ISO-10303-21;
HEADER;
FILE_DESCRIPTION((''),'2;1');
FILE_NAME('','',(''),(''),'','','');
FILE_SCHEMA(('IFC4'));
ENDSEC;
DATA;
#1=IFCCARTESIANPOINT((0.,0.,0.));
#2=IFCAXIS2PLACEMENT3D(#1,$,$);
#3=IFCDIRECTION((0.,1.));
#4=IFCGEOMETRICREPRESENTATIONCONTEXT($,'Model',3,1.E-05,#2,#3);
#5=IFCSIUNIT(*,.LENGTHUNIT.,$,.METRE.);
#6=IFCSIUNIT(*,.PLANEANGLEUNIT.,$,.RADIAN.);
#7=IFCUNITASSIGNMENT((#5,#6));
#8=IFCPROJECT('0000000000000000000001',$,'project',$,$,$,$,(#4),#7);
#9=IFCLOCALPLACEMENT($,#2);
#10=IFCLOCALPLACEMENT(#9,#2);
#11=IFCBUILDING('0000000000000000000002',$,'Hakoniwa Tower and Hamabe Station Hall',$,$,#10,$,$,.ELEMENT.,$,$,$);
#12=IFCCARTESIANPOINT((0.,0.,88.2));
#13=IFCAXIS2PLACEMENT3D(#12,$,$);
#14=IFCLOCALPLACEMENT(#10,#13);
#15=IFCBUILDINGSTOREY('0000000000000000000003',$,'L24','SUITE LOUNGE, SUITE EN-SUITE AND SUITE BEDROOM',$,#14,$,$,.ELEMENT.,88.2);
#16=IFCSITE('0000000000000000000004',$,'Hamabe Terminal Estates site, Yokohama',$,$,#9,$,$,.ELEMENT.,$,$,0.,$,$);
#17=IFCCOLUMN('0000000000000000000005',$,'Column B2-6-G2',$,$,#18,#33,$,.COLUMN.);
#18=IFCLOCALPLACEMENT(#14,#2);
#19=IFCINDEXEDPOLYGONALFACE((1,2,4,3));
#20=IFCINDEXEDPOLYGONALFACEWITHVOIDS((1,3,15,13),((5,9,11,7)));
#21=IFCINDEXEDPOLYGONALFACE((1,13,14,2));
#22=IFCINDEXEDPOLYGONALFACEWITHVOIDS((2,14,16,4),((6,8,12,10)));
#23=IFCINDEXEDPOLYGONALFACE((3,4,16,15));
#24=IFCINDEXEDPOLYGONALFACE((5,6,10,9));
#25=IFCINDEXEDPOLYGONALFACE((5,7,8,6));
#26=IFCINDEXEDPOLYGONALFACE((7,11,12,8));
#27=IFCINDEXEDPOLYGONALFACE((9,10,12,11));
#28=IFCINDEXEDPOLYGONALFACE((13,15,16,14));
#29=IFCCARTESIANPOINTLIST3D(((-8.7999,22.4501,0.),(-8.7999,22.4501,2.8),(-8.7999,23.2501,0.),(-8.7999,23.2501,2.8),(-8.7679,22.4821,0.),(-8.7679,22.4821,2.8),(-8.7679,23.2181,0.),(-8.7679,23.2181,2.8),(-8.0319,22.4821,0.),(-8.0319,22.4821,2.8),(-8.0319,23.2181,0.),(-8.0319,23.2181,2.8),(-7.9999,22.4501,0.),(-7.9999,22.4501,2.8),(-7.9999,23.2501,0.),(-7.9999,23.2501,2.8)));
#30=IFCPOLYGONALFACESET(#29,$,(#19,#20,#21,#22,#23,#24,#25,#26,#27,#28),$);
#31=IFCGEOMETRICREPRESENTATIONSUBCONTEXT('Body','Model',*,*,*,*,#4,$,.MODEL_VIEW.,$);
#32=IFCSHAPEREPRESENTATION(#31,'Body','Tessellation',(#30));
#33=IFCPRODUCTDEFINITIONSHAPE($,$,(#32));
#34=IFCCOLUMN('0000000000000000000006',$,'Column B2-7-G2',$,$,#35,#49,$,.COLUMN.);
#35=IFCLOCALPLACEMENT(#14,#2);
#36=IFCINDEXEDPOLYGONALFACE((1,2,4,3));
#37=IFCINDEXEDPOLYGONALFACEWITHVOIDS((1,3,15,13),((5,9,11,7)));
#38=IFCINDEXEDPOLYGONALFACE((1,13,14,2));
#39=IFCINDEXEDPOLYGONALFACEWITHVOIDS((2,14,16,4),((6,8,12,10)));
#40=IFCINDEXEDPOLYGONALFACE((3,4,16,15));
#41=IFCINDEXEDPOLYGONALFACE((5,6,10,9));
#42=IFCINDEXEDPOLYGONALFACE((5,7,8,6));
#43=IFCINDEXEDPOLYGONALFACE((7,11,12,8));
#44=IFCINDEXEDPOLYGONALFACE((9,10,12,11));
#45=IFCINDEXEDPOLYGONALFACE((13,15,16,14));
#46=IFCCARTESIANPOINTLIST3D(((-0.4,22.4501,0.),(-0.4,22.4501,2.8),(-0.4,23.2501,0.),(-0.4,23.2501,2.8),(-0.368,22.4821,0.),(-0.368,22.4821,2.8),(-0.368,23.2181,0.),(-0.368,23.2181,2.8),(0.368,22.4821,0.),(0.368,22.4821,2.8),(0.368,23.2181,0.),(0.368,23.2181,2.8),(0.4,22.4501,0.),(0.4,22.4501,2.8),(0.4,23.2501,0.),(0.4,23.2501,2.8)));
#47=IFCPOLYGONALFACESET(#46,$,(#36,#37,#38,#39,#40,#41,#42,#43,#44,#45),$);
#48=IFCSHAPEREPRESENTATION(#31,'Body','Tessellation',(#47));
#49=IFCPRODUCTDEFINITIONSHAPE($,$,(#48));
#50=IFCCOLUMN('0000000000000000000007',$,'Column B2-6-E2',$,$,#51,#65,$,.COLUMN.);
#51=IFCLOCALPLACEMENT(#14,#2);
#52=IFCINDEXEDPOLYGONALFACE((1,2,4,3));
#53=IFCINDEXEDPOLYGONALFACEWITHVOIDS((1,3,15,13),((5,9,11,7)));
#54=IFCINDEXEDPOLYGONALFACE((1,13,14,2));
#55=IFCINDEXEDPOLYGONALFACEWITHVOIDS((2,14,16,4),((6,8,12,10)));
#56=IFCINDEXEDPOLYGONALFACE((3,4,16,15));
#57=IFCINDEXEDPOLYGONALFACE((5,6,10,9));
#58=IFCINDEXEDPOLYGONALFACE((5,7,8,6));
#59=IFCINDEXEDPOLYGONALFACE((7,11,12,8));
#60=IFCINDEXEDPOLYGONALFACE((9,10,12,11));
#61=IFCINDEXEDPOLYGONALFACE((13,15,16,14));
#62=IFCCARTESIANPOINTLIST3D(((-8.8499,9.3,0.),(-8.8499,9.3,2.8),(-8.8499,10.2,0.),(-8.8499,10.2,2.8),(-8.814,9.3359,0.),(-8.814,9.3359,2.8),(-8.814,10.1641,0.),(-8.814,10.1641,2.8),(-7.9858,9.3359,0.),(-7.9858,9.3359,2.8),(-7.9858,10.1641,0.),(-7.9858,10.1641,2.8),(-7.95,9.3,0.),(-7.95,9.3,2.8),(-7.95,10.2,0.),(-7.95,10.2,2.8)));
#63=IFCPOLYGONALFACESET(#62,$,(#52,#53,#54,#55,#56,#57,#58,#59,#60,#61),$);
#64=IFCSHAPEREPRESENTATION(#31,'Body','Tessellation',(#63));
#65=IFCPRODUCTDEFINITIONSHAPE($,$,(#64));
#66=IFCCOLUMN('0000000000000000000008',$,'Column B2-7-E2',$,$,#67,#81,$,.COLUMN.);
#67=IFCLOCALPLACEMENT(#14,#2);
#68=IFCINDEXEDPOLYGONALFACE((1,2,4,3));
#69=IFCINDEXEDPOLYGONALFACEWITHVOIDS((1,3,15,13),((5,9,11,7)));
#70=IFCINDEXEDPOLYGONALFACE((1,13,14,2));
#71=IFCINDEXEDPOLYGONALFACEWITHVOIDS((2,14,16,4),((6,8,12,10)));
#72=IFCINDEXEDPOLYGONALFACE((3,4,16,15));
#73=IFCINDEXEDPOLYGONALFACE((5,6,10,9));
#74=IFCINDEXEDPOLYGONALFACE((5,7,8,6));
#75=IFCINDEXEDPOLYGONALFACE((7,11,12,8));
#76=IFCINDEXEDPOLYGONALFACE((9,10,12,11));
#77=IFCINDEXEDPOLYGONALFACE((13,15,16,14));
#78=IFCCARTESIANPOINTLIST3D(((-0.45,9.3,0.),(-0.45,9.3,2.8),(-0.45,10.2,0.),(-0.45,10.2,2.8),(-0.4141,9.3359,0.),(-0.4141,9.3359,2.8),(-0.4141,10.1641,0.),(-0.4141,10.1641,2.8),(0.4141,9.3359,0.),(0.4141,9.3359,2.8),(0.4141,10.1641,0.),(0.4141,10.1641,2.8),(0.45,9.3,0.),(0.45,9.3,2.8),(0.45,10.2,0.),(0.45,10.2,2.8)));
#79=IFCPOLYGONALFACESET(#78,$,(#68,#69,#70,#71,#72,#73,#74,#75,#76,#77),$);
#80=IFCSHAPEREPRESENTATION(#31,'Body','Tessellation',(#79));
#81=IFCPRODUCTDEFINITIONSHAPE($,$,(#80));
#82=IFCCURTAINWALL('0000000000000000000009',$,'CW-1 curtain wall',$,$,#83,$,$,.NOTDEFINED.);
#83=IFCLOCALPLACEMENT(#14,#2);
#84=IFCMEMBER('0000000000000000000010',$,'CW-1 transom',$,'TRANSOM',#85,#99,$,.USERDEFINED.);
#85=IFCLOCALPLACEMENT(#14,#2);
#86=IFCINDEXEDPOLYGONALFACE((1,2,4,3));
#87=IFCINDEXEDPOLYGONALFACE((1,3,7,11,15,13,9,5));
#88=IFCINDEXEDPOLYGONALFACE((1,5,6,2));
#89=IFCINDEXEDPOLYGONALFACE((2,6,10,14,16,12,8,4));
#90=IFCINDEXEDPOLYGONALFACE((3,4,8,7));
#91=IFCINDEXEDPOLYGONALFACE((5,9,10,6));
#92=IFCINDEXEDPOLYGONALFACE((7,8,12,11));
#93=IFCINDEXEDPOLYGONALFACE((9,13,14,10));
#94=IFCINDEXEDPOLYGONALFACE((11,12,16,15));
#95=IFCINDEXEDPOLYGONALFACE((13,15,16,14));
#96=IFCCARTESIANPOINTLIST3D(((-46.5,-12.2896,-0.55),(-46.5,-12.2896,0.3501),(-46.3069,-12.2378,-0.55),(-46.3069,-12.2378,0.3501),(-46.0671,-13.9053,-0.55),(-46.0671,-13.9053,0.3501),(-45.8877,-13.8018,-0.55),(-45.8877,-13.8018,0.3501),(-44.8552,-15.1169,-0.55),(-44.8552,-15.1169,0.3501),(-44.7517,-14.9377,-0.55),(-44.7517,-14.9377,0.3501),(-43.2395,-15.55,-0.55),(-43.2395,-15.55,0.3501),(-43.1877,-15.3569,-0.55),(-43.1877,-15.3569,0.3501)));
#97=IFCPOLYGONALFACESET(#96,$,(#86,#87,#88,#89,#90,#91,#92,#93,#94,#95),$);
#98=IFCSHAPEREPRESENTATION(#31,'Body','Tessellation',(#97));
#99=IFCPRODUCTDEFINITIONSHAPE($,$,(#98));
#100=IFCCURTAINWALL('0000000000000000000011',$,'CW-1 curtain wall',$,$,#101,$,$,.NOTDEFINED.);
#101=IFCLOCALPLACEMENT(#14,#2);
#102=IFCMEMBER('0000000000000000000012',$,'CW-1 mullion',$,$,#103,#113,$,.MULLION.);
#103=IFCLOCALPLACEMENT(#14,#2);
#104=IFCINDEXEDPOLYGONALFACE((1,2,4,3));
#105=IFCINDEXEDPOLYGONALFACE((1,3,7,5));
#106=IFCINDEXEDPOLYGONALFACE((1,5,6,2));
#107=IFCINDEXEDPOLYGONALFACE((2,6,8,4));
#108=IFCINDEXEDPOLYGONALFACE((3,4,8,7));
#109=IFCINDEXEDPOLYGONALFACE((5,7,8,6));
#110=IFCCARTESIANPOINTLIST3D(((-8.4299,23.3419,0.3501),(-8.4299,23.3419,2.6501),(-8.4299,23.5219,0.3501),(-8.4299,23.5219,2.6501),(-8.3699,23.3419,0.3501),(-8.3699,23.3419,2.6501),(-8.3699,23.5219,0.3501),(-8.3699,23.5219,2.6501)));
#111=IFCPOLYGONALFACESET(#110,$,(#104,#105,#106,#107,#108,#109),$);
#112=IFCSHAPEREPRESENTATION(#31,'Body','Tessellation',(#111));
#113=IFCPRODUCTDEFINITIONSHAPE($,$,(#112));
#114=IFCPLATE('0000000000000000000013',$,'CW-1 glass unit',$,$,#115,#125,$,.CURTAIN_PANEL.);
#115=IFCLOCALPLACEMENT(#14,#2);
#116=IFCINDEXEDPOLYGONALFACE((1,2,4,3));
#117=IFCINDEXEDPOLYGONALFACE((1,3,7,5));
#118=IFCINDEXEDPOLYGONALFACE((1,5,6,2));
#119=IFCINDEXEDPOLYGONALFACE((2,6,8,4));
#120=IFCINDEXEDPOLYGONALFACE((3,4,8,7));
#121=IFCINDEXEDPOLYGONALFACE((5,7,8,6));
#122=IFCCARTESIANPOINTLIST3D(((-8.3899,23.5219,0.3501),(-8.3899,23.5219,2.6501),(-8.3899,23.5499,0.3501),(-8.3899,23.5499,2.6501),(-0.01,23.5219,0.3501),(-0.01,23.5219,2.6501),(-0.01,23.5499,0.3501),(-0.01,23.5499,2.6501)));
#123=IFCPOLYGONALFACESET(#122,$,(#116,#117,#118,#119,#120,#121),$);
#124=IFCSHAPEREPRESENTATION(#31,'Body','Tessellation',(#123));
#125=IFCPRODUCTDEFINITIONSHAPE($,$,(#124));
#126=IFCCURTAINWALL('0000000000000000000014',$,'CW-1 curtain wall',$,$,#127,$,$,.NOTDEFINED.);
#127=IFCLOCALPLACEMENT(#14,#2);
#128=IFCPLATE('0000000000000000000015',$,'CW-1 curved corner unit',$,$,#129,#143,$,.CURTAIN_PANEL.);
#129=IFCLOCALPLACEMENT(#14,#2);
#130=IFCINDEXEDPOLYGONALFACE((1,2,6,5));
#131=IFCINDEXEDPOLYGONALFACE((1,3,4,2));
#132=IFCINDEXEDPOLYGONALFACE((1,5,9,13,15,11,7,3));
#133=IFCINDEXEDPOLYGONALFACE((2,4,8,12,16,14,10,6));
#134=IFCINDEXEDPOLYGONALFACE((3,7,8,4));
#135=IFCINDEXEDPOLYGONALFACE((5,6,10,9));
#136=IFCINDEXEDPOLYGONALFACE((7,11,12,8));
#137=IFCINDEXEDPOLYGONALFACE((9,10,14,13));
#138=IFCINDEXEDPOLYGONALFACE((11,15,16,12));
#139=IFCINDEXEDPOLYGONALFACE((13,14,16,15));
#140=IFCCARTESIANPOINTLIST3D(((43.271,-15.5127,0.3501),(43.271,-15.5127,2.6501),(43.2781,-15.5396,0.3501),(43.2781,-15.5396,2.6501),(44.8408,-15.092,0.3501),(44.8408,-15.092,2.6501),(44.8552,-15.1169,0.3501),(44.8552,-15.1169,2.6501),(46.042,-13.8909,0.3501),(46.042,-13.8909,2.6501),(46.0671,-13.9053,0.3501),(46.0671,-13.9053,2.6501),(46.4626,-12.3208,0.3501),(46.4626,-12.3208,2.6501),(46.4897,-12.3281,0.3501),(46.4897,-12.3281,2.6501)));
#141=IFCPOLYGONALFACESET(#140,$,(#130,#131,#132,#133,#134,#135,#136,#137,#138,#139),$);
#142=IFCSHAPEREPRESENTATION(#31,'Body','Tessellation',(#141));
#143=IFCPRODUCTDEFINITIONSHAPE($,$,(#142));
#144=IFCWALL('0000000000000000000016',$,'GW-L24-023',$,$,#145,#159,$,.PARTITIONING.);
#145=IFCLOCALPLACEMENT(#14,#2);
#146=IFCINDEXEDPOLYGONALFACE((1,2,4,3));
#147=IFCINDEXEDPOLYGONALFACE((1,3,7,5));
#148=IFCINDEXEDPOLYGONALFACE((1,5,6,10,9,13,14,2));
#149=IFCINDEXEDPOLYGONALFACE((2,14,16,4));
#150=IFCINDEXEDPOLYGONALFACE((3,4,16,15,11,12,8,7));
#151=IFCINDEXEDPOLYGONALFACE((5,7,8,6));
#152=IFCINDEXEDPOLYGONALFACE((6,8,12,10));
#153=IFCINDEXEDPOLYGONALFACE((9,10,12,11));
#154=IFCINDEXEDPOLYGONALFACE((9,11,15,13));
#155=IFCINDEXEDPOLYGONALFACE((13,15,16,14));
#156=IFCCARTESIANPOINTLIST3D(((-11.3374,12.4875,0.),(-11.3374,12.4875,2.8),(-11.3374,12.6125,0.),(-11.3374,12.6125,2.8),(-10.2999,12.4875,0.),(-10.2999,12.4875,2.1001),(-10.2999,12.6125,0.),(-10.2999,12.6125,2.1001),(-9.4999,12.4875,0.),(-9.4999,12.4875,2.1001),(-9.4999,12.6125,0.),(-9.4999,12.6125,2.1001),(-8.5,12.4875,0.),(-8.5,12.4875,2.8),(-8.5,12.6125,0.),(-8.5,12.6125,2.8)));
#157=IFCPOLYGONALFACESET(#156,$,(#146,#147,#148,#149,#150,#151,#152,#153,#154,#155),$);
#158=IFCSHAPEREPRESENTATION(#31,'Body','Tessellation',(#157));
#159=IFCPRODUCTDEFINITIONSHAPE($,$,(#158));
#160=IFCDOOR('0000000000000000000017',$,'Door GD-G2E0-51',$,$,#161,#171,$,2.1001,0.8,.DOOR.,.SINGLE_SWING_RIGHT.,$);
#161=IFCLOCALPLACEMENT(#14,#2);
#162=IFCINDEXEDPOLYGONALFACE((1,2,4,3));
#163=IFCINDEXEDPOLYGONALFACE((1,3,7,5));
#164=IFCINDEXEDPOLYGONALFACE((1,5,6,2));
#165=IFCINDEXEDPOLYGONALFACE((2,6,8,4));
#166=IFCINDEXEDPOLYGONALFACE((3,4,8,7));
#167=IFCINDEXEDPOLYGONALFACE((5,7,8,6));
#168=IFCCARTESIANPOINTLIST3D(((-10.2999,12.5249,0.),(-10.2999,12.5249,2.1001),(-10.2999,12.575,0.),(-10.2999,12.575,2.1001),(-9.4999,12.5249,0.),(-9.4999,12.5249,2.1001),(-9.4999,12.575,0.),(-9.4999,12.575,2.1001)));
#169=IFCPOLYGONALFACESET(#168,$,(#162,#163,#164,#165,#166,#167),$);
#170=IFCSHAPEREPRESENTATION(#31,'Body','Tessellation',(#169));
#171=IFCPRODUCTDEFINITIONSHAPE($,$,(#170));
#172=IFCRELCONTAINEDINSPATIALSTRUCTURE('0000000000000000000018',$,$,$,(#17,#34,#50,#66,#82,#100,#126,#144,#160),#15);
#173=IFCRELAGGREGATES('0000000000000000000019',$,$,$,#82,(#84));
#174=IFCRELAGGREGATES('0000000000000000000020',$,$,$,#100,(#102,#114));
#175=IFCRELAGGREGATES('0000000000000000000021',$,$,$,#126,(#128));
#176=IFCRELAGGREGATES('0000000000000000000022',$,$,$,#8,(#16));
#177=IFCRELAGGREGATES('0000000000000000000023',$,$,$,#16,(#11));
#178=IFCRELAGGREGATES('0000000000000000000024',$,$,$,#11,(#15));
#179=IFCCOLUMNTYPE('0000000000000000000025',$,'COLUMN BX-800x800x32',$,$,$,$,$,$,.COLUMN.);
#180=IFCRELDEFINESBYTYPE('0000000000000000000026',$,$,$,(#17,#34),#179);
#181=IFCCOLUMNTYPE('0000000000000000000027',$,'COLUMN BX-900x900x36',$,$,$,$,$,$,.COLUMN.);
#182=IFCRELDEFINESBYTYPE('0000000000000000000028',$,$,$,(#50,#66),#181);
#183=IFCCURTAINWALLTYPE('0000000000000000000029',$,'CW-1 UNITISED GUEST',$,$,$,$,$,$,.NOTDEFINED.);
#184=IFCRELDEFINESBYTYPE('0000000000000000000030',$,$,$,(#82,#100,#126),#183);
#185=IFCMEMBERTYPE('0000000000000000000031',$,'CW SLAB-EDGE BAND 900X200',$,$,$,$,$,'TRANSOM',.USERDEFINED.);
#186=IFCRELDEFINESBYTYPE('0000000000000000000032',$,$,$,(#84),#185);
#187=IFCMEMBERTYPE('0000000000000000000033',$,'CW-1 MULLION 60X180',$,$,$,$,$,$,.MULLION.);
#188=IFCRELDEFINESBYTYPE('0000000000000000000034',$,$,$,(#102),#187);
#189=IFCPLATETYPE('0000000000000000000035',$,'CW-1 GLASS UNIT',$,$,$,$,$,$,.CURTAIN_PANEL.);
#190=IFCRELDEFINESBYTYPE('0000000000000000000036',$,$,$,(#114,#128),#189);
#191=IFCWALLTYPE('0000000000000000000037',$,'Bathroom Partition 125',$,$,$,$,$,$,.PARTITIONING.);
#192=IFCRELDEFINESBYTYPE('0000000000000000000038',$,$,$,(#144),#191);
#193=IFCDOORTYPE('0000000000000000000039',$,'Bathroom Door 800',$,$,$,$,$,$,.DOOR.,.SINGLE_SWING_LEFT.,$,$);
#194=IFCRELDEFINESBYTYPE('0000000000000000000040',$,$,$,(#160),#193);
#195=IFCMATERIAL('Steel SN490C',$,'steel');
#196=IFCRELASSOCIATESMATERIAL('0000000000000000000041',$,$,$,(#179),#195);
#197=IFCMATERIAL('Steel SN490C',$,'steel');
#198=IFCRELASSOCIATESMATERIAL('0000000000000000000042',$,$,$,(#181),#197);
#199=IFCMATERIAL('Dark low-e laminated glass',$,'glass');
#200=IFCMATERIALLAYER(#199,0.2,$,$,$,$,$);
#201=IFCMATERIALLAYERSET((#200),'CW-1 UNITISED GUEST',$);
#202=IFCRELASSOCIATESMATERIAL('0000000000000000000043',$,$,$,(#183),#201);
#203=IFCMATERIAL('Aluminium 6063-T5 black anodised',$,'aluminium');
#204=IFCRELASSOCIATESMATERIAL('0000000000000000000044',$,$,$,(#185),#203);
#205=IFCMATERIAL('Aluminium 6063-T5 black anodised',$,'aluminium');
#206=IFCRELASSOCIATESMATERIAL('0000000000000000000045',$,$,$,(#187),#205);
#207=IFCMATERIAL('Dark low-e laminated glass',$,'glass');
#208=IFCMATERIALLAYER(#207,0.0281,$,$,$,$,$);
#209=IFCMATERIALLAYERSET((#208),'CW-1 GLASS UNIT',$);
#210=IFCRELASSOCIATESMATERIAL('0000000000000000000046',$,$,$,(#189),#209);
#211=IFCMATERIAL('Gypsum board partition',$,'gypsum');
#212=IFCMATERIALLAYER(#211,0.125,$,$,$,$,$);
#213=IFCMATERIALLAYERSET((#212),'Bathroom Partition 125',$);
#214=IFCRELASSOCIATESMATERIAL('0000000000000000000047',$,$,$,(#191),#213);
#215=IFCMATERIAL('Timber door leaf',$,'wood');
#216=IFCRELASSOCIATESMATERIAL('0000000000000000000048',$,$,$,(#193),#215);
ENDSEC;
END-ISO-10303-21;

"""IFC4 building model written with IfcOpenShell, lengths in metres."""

from ifc_helpers import new_model, si_unit, direction, frame, frame_2d, origin, origin_2d, place, context, subcontext, project, spatial, polyline, rectangle, hollow_rectangle, outline, extrude, material, layer, layer_set, material_profile, profile_set, type_object, element, fill, aggregate, save


model = new_model("IFC4")

# Units and contexts
model_context = context("Model", 3, precision=1e-05, world=origin(), true_north=direction((0.0, 1.0)))
body_context = subcontext(model_context, "Body", "Model", "MODEL_VIEW")
ifc_project = project(units=[si_unit("LENGTHUNIT", "METRE"), si_unit("PLANEANGLEUNIT", "RADIAN")], contexts=[model_context])

# Site, building, storey
site_placement = place(None, origin())
site = spatial("IfcSite", under=ifc_project, at=site_placement, Name="Hamabe Terminal Estates site, Yokohama", CompositionType="ELEMENT", RefElevation=0.0)
building_placement = place(site_placement, origin())
building = spatial("IfcBuilding", under=site, at=building_placement, Name="Hakoniwa Tower and Hamabe Station Hall", CompositionType="ELEMENT")
storey_placement = place(building_placement, frame((0.0, 0.0, 88.2)))
storey = spatial("IfcBuildingStorey", under=building, at=storey_placement, Name="L24", Description="SUITE LOUNGE, SUITE EN-SUITE AND SUITE BEDROOM", CompositionType="ELEMENT", Elevation=88.2)

# Columns
ifc_material_1 = material(Name="Steel SN490C", Category="steel")
ifc_material_profile_1 = material_profile(ifc_material_1, hollow_rectangle(XDim=0.8, YDim=0.8, WallThickness=0.032, at=origin_2d()), Name="BX-800x800x32")
ifc_profile_set_1 = profile_set([ifc_material_profile_1], Name="Steel SN490C")
column_type_1 = type_object("IfcColumnType", Name="COLUMN BX-800x800x32", PredefinedType="COLUMN", material=ifc_profile_set_1)
for number, where, z_axis, x_axis, name in (
    (1, (-8.3999, 22.8501, 0.0), (0.0, 0.0, 1.0), (1.0, 0.0, 0.0), "Column B2-6-G2"),
    (2, (0.0, 22.8501, 0.0), (0.0, 0.0, 1.0), (1.0, 0.0, 0.0), "Column B2-7-G2"),
):
    element("IfcColumn", number, at=place(storey_placement, frame(where, z_axis=z_axis, x_axis=x_axis)), inside=storey, type_object=column_type_1, Name=name, PredefinedType="COLUMN", context=body_context, shape_type="SweptSolid", body=[
        extrude(hollow_rectangle(XDim=0.8, YDim=0.8, WallThickness=0.032, at=origin_2d()), origin(), (0.0, 0.0, 1.0), 2.8),
    ])
ifc_material_2 = material(Name="Steel SN490C", Category="steel")
ifc_material_profile_2 = material_profile(ifc_material_2, hollow_rectangle(XDim=0.8999, YDim=0.8999, WallThickness=0.0359, at=origin_2d()), Name="BX-900x900x36")
ifc_profile_set_2 = profile_set([ifc_material_profile_2], Name="Steel SN490C")
column_type_2 = type_object("IfcColumnType", Name="COLUMN BX-900x900x36", PredefinedType="COLUMN", material=ifc_profile_set_2)
for number, where, z_axis, x_axis, name in (
    (3, (-8.3999, 9.75, 0.0), (0.0, 0.0, 1.0), (1.0, 0.0, 0.0), "Column B2-6-E2"),
    (4, (0.0, 9.75, 0.0), (0.0, 0.0, 1.0), (1.0, 0.0, 0.0), "Column B2-7-E2"),
):
    element("IfcColumn", number, at=place(storey_placement, frame(where, z_axis=z_axis, x_axis=x_axis)), inside=storey, type_object=column_type_2, Name=name, PredefinedType="COLUMN", context=body_context, shape_type="SweptSolid", body=[
        extrude(hollow_rectangle(XDim=0.8999, YDim=0.8999, WallThickness=0.0359, at=origin_2d()), origin(), (0.0, 0.0, 1.0), 2.8),
    ])

# Curtain wall, member
ifc_material_3 = material(Name="Dark low-e laminated glass", Category="glass")
ifc_layer_1 = layer(ifc_material_3, 0.2)
ifc_layer_set_1 = layer_set([ifc_layer_1], Name="CW-1 UNITISED GUEST")
curtain_wall_type = type_object("IfcCurtainWallType", Name="CW-1 UNITISED GUEST", PredefinedType="NOTDEFINED", material=ifc_layer_set_1)
curtain_wall_1_placement = place(storey_placement, origin())
curtain_wall_1 = element("IfcCurtainWall", 5, at=curtain_wall_1_placement, inside=storey, type_object=curtain_wall_type, Name="CW-1 curtain wall", PredefinedType="NOTDEFINED")
ifc_material_4 = material(Name="Aluminium 6063-T5 black anodised", Category="aluminium")
ifc_material_profile_3 = material_profile(ifc_material_4, rectangle(XDim=0.2, YDim=0.8999, at=origin_2d()), Name="CW SLAB-EDGE BAND 900X200")
ifc_profile_set_3 = profile_set([ifc_material_profile_3], Name="Aluminium 6063-T5 black anodised")
member_type_1 = type_object("IfcMemberType", Name="CW SLAB-EDGE BAND 900X200", ElementType="TRANSOM", PredefinedType="USERDEFINED", material=ifc_profile_set_3)
member_1_placement = place(storey_placement, frame((0.0, 0.0, -0.55)))
member_1 = element("IfcMember", 6, at=member_1_placement, type_object=member_type_1, Name="CW-1 transom", ObjectType="TRANSOM", PredefinedType="USERDEFINED", context=body_context, shape_type="SweptSolid", body=[
    extrude(outline(polyline([(-46.5, -12.2896), (-46.0671, -13.9053), (-44.8552, -15.1169), (-43.2395, -15.55), (-43.1877, -15.3569), (-44.7517, -14.9377), (-45.8877, -13.8018), (-46.3069, -12.2378), (-46.5, -12.2896)])), origin(), (0.0, 0.0, 1.0), 0.9001),
])
aggregate(curtain_wall_1, [member_1])

# Curtain wall, member, plate
curtain_wall_2_placement = place(storey_placement, origin())
curtain_wall_2 = element("IfcCurtainWall", 7, at=curtain_wall_2_placement, inside=storey, type_object=curtain_wall_type, Name="CW-1 curtain wall", PredefinedType="NOTDEFINED")
ifc_material_5 = material(Name="Aluminium 6063-T5 black anodised", Category="aluminium")
ifc_material_profile_4 = material_profile(ifc_material_5, rectangle(XDim=0.0601, YDim=0.1799, at=origin_2d()), Name="CW-1 MULLION 60X180")
ifc_profile_set_4 = profile_set([ifc_material_profile_4], Name="Aluminium 6063-T5 black anodised")
member_type_2 = type_object("IfcMemberType", Name="CW-1 MULLION 60X180", PredefinedType="MULLION", material=ifc_profile_set_4)
member_2_placement = place(storey_placement, frame((-8.3999, 23.4319, 0.3501), z_axis=(0.0, 0.0, 1.0), x_axis=(-1.0, 0.0, 0.0)))
member_2 = element("IfcMember", 8, at=member_2_placement, type_object=member_type_2, Name="CW-1 mullion", PredefinedType="MULLION", context=body_context, shape_type="SweptSolid", body=[
    extrude(rectangle(XDim=0.0601, YDim=0.1799, at=origin_2d()), origin(), (0.0, 0.0, 1.0), 2.3),
])
ifc_material_6 = material(Name="Dark low-e laminated glass", Category="glass")
ifc_layer_2 = layer(ifc_material_6, 0.0281)
ifc_layer_set_2 = layer_set([ifc_layer_2], Name="CW-1 GLASS UNIT")
plate_type = type_object("IfcPlateType", Name="CW-1 GLASS UNIT", PredefinedType="CURTAIN_PANEL", material=ifc_layer_set_2)
plate_1_placement = place(storey_placement, frame((-4.2, 23.5359, 0.3501), z_axis=(0.0, 0.0, 1.0), x_axis=(-1.0, 0.0, 0.0)))
plate_1 = element("IfcPlate", 9, at=plate_1_placement, type_object=plate_type, Name="CW-1 glass unit", PredefinedType="CURTAIN_PANEL", context=body_context, shape_type="SweptSolid", body=[
    extrude(rectangle(XDim=8.3799, YDim=0.0281, at=origin_2d()), origin(), (0.0, 0.0, 1.0), 2.3),
])
aggregate(curtain_wall_2, [member_2, plate_1])

# Curtain wall, plate
curtain_wall_3_placement = place(storey_placement, origin())
curtain_wall_3 = element("IfcCurtainWall", 10, at=curtain_wall_3_placement, inside=storey, type_object=curtain_wall_type, Name="CW-1 curtain wall", PredefinedType="NOTDEFINED")
plate_2_placement = place(storey_placement, frame((0.0, 0.0, 0.3501)))
plate_2 = element("IfcPlate", 11, at=plate_2_placement, type_object=plate_type, Name="CW-1 curved corner unit", PredefinedType="CURTAIN_PANEL", context=body_context, shape_type="SweptSolid", body=[
    extrude(outline(polyline([(43.2781, -15.5396), (44.8552, -15.1169), (46.0671, -13.9053), (46.4897, -12.3281), (46.4626, -12.3208), (46.042, -13.8909), (44.8408, -15.092), (43.271, -15.5127), (43.2781, -15.5396)])), origin(), (0.0, 0.0, 1.0), 2.3),
])
aggregate(curtain_wall_3, [plate_2])

# Wall, opening, door
ifc_material_7 = material(Name="Gypsum board partition", Category="gypsum")
ifc_layer_3 = layer(ifc_material_7, 0.125)
ifc_layer_set_3 = layer_set([ifc_layer_3], Name="Bathroom Partition 125")
wall_type_1 = type_object("IfcWallType", Name="Bathroom Partition 125", PredefinedType="PARTITIONING", material=ifc_layer_set_3)
wall_1_placement = place(storey_placement, frame((-11.3374, 12.55, 0.0), z_axis=(0.0, 0.0, 1.0), x_axis=(1.0, 0.0, 0.0)))
wall_1 = element("IfcWall", 12, at=wall_1_placement, inside=storey, type_object=wall_type_1, Name="GW-L24-023", PredefinedType="PARTITIONING", context=body_context, shape_type="SweptSolid", body=[
    extrude(rectangle(XDim=2.8374, YDim=0.125, at=frame_2d((1.4187, 0.0))), origin(), (0.0, 0.0, 1.0), 2.8),
])
opening_1_placement = place(wall_1_placement, frame((1.0376, 0.0, 0.0)))
opening_1 = element("IfcOpeningElement", 13, at=opening_1_placement, cuts=wall_1, PredefinedType="OPENING", context=body_context, shape_type="SweptSolid", body=[
    extrude(rectangle(XDim=0.8, YDim=2.1001, at=frame_2d((0.3999, 1.05))), frame((0.0, 0.0725, 0.0), z_axis=(0.0, -1.0, 0.0), x_axis=(1.0, 0.0, 0.0)), (0.0, 0.0, 1.0), 0.145),
])
ifc_material_8 = material(Name="Timber door leaf", Category="wood")
door_type_1 = type_object("IfcDoorType", Name="Bathroom Door 800", OperationType="SINGLE_SWING_LEFT", PredefinedType="DOOR", material=ifc_material_8)
door_1_placement = place(opening_1_placement, origin())
door_1 = element("IfcDoor", 14, at=door_1_placement, inside=storey, type_object=door_type_1, Name="Door GD-G2E0-51", OperationType="SINGLE_SWING_RIGHT", OverallHeight=2.1001, OverallWidth=0.8, PredefinedType="DOOR", context=body_context, shape_type="SweptSolid", body=[
    extrude(rectangle(XDim=0.8, YDim=2.1001, at=frame_2d((0.3999, 1.05))), frame((0.0, 0.0249, 0.0), z_axis=(0.0, -1.0, 0.0), x_axis=(1.0, 0.0, 0.0)), (0.0, 0.0, 1.0), 0.05),
])
fill(opening_1, door_1)

save(model, "model.ifc")
